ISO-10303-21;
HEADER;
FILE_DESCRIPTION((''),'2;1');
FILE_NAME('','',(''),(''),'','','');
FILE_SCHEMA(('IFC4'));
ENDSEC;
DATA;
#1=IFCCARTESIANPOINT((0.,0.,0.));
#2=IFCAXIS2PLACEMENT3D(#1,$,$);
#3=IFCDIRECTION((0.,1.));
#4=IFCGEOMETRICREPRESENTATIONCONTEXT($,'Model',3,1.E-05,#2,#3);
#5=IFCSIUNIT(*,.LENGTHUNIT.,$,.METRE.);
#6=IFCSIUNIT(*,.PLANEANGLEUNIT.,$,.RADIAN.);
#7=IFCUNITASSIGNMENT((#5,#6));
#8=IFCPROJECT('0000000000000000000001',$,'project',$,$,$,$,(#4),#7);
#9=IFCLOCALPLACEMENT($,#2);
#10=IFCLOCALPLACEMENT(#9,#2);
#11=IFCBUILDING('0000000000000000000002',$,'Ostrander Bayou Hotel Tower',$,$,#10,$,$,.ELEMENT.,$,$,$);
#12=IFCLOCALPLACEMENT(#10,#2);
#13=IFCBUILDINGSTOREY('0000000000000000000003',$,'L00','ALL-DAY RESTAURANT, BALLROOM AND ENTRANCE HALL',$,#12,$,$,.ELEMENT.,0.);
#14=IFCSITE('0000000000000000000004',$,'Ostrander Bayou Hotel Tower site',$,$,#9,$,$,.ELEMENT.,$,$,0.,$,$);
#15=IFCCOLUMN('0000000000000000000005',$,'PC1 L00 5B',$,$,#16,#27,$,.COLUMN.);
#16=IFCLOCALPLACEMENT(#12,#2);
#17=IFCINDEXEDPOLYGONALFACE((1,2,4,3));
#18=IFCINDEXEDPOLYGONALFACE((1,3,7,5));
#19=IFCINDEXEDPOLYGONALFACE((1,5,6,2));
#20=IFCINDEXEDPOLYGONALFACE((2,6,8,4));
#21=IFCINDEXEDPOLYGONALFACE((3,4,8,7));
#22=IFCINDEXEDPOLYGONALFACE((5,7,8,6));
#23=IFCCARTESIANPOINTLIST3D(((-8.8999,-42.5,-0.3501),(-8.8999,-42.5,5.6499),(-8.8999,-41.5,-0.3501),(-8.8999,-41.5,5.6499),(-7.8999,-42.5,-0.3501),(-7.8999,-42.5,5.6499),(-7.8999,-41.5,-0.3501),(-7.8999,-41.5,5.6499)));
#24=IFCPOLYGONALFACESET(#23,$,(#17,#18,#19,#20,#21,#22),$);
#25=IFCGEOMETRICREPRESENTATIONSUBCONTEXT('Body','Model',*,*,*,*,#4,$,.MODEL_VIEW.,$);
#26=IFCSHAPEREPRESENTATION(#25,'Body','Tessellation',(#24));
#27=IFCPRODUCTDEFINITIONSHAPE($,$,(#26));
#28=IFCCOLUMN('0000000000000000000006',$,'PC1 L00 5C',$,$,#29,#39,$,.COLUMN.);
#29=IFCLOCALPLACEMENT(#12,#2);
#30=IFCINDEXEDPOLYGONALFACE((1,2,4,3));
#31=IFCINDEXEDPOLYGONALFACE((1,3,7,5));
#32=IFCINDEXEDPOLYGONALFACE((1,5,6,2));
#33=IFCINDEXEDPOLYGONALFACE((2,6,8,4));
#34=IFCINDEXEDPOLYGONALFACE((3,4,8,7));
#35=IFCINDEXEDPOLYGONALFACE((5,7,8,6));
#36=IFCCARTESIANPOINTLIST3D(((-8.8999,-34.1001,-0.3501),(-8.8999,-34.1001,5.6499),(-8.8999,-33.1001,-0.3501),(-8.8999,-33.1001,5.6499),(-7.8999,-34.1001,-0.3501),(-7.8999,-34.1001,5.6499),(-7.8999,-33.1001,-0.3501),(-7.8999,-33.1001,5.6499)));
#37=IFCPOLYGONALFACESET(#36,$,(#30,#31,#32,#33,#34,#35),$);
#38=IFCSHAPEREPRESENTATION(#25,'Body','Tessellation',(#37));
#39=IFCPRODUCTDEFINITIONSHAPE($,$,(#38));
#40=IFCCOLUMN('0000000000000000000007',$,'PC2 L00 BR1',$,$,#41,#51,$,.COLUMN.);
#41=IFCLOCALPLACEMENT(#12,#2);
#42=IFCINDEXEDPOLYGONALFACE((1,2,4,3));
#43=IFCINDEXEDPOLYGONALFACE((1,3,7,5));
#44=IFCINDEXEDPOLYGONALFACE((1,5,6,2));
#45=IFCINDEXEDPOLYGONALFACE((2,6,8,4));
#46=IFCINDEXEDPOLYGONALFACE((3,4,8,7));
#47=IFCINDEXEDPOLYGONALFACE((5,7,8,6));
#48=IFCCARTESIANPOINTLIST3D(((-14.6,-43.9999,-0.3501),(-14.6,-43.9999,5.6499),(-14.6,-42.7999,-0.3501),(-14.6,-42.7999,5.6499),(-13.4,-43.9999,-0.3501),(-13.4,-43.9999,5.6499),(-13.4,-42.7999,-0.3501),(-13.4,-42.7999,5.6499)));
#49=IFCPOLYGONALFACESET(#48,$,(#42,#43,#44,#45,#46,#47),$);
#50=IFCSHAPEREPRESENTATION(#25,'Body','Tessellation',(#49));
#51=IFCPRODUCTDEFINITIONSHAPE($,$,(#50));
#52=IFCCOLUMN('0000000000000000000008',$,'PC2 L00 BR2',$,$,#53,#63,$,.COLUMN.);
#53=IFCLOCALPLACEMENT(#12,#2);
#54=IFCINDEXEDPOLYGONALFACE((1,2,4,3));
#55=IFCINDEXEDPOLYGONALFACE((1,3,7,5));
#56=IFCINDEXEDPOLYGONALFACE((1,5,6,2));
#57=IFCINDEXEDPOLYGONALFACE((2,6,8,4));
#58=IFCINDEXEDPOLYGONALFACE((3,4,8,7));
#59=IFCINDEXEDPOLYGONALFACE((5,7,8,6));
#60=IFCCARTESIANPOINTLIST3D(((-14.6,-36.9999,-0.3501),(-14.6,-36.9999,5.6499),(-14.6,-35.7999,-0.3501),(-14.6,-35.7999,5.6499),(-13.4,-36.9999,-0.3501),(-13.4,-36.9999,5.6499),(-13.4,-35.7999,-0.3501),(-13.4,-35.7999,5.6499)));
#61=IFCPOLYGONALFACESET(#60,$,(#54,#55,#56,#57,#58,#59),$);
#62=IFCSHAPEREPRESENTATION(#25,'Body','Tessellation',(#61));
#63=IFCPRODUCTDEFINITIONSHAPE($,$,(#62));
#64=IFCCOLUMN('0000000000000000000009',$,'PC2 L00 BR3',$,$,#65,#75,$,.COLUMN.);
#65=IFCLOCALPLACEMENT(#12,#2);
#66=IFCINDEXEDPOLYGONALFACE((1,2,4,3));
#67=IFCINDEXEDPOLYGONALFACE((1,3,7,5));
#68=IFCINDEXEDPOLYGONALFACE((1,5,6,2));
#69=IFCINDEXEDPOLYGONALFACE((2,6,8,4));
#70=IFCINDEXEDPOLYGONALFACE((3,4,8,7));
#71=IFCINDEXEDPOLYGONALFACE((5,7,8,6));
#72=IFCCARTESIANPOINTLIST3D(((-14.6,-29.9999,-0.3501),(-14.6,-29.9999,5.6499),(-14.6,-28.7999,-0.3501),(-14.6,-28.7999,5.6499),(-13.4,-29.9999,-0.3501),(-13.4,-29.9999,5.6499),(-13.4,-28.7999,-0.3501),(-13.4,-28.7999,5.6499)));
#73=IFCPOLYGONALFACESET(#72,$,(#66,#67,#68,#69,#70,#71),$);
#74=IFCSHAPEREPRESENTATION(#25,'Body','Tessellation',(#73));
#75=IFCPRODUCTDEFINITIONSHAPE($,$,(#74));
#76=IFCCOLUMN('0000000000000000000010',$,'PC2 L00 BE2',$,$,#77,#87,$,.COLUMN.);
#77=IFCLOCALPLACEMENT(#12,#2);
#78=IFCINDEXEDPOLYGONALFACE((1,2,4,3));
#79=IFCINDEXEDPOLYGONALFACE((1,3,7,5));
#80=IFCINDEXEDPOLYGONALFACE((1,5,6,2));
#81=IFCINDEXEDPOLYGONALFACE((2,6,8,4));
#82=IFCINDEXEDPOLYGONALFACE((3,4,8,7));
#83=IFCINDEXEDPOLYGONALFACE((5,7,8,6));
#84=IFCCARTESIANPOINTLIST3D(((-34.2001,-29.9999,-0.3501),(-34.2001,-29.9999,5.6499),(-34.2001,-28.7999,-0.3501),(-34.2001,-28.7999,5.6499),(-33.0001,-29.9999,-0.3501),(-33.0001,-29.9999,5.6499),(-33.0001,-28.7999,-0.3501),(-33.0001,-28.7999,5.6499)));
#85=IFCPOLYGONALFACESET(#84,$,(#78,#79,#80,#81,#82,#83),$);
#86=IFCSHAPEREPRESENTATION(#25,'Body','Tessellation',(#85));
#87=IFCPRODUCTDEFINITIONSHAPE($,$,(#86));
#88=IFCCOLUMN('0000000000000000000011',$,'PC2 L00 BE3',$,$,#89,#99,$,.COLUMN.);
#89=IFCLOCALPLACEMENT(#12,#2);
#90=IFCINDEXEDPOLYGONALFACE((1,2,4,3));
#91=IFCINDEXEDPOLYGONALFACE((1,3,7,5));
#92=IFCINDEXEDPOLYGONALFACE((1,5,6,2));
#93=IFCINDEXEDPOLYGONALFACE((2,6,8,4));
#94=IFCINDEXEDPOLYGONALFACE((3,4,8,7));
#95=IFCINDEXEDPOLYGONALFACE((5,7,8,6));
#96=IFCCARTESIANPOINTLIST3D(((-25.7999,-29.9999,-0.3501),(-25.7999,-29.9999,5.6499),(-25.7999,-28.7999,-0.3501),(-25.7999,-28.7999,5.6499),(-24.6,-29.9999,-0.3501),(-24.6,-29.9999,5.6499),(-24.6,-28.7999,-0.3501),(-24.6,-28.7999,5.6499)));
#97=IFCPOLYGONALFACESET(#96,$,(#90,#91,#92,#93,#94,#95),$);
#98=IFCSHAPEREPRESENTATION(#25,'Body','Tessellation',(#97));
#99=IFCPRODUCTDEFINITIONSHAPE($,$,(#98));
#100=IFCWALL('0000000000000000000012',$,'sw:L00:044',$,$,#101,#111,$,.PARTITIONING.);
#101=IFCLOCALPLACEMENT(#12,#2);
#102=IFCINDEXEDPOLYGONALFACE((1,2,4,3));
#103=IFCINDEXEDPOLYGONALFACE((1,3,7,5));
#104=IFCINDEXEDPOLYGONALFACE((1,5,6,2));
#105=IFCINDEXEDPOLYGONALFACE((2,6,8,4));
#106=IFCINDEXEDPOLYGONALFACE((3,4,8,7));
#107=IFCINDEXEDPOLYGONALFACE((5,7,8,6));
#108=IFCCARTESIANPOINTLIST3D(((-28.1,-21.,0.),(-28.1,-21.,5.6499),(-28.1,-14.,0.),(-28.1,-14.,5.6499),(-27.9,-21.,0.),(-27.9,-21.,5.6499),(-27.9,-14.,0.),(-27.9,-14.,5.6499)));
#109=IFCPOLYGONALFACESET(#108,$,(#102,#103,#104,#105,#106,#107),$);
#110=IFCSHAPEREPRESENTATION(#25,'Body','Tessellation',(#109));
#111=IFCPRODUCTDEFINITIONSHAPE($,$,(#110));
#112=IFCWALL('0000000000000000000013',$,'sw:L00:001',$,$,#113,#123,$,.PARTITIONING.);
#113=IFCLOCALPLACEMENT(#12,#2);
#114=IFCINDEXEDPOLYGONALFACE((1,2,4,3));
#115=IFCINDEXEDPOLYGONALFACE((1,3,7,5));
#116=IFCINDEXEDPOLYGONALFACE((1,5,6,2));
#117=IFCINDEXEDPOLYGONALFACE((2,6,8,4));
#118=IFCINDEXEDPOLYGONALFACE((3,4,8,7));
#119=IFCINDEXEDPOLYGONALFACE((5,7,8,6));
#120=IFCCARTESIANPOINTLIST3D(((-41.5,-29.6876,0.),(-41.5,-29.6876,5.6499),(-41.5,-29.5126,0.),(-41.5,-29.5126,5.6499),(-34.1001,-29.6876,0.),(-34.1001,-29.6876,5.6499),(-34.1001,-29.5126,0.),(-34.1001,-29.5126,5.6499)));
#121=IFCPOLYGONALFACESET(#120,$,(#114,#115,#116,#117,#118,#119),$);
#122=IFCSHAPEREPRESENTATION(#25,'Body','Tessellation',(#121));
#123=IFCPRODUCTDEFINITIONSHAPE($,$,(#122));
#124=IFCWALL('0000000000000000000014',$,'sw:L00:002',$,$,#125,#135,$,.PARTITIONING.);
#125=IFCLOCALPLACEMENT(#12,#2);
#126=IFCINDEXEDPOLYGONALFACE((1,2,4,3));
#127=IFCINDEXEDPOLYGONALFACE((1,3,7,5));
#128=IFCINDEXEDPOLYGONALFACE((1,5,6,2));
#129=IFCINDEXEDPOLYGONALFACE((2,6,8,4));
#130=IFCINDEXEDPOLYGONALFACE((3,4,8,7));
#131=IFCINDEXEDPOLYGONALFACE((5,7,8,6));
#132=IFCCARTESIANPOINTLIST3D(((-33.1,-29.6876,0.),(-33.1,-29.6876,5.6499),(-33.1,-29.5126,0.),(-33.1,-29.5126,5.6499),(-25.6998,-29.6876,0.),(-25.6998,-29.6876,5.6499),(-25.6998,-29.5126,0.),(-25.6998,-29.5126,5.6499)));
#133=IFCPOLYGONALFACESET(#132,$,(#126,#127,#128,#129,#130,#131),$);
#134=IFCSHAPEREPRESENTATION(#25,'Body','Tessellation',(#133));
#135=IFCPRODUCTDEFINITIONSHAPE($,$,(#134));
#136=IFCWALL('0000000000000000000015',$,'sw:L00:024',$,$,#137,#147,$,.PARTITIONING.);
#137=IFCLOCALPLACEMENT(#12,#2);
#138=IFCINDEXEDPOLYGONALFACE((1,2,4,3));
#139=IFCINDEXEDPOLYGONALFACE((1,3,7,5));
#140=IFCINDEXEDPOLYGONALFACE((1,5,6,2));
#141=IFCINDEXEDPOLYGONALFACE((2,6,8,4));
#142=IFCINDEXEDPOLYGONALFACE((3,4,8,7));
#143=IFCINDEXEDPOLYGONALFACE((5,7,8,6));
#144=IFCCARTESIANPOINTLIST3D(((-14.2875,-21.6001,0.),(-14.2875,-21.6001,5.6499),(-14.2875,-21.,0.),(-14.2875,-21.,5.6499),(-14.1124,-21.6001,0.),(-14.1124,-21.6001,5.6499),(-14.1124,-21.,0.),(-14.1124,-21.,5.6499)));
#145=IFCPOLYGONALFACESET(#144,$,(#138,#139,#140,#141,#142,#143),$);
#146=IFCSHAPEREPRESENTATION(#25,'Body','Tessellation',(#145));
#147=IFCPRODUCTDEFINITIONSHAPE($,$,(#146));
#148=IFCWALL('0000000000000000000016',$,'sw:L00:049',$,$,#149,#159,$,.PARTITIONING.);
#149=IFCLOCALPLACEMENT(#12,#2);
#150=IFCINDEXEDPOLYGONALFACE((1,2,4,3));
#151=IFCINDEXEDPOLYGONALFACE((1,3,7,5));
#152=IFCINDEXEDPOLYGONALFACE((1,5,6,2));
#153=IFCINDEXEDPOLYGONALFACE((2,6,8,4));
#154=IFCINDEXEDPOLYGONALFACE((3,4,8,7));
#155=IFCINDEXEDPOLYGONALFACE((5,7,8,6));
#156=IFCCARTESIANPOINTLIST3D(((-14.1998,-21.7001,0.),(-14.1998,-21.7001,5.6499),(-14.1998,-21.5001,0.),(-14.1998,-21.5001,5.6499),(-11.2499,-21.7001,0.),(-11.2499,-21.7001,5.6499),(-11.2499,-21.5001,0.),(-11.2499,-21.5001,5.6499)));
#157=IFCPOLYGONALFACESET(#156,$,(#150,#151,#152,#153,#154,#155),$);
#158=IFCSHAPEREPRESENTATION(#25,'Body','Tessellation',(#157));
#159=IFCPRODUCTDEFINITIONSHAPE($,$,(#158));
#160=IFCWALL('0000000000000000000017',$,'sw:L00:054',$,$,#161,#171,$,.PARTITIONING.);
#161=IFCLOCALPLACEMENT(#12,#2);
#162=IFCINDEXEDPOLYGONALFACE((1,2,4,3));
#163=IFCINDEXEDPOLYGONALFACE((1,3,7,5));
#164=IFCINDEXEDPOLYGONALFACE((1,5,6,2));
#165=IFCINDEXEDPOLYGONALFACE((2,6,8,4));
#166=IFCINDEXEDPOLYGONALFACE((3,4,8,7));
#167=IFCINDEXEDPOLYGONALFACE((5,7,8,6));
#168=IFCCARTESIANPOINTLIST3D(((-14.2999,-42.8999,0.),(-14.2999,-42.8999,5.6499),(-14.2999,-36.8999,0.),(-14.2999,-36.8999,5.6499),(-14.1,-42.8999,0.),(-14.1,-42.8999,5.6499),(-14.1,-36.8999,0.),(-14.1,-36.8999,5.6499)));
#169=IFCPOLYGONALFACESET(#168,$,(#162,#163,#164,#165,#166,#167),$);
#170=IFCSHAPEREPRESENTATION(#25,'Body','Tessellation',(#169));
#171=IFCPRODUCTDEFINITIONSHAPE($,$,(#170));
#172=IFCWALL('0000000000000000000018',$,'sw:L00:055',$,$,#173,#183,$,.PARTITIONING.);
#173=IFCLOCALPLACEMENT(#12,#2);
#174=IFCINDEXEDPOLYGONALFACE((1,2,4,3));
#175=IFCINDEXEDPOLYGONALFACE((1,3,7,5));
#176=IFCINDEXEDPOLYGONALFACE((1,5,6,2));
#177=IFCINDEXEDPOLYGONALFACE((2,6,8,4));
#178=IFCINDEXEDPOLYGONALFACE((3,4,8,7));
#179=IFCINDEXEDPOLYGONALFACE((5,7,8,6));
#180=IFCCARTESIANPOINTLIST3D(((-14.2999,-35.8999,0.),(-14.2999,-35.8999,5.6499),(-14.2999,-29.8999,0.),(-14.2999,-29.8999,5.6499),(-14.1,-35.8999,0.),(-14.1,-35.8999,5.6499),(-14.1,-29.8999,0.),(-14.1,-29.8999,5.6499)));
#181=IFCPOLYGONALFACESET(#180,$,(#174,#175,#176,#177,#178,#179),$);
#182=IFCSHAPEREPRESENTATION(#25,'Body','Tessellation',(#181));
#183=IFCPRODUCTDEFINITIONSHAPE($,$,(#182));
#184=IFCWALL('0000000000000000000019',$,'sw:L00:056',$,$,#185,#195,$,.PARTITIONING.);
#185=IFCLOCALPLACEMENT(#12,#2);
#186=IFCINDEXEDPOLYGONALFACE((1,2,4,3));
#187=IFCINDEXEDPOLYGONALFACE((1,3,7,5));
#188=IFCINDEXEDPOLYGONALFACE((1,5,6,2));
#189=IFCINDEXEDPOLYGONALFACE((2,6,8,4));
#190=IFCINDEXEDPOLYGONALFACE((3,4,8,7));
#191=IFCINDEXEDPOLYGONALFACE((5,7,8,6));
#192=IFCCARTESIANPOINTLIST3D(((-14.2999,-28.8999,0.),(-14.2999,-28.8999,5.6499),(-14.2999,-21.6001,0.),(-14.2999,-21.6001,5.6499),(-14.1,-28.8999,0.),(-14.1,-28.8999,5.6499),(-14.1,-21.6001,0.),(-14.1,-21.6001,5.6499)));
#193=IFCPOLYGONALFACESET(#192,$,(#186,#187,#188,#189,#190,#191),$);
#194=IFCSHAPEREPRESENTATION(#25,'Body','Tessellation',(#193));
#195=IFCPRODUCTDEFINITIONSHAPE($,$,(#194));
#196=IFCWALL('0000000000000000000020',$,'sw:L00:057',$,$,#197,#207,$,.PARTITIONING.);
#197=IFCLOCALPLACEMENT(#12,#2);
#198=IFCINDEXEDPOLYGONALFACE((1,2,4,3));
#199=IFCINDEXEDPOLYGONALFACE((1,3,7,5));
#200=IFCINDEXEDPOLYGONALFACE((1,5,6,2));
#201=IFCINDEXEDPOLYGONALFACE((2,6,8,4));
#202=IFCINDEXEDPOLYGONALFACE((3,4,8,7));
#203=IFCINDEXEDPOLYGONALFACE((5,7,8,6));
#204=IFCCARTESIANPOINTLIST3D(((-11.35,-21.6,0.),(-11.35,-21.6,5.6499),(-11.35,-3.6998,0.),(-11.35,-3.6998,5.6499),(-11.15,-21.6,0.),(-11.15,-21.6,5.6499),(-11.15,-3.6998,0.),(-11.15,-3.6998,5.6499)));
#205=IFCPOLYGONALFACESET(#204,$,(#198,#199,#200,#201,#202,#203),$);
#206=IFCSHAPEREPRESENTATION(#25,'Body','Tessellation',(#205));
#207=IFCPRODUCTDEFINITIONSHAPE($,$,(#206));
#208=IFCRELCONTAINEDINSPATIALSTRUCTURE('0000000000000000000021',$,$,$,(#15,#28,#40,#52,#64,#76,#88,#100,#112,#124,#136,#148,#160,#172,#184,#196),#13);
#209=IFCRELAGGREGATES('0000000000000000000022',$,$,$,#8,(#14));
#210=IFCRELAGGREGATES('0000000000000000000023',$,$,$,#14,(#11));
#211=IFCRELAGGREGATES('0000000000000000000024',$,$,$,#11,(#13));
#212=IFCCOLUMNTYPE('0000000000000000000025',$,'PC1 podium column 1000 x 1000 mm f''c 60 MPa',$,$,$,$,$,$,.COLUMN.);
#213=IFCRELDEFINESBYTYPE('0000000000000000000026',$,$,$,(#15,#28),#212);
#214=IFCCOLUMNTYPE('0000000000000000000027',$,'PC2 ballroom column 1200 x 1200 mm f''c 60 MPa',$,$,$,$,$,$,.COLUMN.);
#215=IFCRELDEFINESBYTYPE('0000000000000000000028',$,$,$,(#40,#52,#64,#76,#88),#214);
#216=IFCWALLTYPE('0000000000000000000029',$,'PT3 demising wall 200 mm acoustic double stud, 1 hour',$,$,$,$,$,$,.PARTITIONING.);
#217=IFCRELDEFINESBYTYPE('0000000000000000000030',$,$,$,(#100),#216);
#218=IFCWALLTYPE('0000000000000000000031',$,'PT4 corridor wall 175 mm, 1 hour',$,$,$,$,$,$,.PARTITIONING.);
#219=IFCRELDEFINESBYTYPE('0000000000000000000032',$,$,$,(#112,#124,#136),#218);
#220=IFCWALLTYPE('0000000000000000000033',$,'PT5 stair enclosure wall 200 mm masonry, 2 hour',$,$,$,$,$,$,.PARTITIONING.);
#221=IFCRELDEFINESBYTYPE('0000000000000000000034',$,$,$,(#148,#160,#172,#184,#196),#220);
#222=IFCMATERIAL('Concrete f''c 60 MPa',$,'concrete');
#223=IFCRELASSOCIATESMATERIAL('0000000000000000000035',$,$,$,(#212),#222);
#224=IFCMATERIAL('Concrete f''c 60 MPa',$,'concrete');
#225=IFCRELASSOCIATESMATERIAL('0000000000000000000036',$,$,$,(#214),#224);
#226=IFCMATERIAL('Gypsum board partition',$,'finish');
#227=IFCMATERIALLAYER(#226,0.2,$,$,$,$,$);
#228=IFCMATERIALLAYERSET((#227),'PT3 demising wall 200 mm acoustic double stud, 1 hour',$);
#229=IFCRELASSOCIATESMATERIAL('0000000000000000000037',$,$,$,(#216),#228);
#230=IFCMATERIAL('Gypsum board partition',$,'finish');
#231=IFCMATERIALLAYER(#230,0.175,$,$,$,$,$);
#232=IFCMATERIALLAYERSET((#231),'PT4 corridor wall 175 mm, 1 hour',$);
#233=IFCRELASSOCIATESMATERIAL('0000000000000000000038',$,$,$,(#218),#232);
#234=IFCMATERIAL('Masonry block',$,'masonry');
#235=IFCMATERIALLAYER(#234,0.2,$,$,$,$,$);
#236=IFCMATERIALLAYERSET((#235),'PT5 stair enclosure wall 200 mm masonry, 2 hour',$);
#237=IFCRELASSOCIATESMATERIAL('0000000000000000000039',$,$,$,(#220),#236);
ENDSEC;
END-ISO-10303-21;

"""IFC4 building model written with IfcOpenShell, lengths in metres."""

from ifc_helpers import new_model, si_unit, direction, frame, frame_2d, origin, origin_2d, place, context, subcontext, project, spatial, rectangle, extrude, material, layer, layer_set, material_profile, profile_set, type_object, element, save


model = new_model("IFC4")

# Units and contexts
model_context = context("Model", 3, precision=1e-05, world=origin(), true_north=direction((0.0, 1.0)))
body_context = subcontext(model_context, "Body", "Model", "MODEL_VIEW")
ifc_project = project(units=[si_unit("LENGTHUNIT", "METRE"), si_unit("PLANEANGLEUNIT", "RADIAN")], contexts=[model_context])

# Site, building, storey
site_placement = place(None, origin())
site = spatial("IfcSite", under=ifc_project, at=site_placement, Name="Ostrander Bayou Hotel Tower site", CompositionType="ELEMENT", RefElevation=0.0)
building_placement = place(site_placement, origin())
building = spatial("IfcBuilding", under=site, at=building_placement, Name="Ostrander Bayou Hotel Tower", CompositionType="ELEMENT")
storey_placement = place(building_placement, origin())
storey = spatial("IfcBuildingStorey", under=building, at=storey_placement, Name="L00", Description="ALL-DAY RESTAURANT, BALLROOM AND ENTRANCE HALL", CompositionType="ELEMENT", Elevation=0.0)

# Columns
ifc_material_1 = material(Name="Concrete f'c 60 MPa", Category="concrete")
ifc_material_profile_1 = material_profile(ifc_material_1, rectangle(XDim=1.0, YDim=1.0, at=origin_2d()))
ifc_profile_set_1 = profile_set([ifc_material_profile_1], Name="Concrete f'c 60 MPa")
column_type_1 = type_object("IfcColumnType", Name="PC1 podium column 1000 x 1000 mm f'c 60 MPa", PredefinedType="COLUMN", material=ifc_profile_set_1)
for number, where, z_axis, x_axis, name in (
    (1, (-8.3999, -42.0, -0.3501), (0.0, 0.0, 1.0), (1.0, 0.0, 0.0), "PC1 L00 5B"),
    (2, (-8.3999, -33.6001, -0.3501), (0.0, 0.0, 1.0), (1.0, 0.0, 0.0), "PC1 L00 5C"),
):
    element("IfcColumn", number, at=place(storey_placement, frame(where, z_axis=z_axis, x_axis=x_axis)), inside=storey, type_object=column_type_1, Name=name, PredefinedType="COLUMN", context=body_context, shape_type="SweptSolid", body=[
        extrude(rectangle(XDim=1.0, YDim=1.0, at=origin_2d()), origin(), (0.0, 0.0, 1.0), 6.0),
    ])
ifc_material_2 = material(Name="Concrete f'c 60 MPa", Category="concrete")
ifc_material_profile_2 = material_profile(ifc_material_2, rectangle(XDim=1.2, YDim=1.2, at=origin_2d()))
ifc_profile_set_2 = profile_set([ifc_material_profile_2], Name="Concrete f'c 60 MPa")
column_type_2 = type_object("IfcColumnType", Name="PC2 ballroom column 1200 x 1200 mm f'c 60 MPa", PredefinedType="COLUMN", material=ifc_profile_set_2)
for number, where, z_axis, x_axis, name in (
    (3, (-14.0, -43.3999, -0.3501), (0.0, 0.0, 1.0), (1.0, 0.0, 0.0), "PC2 L00 BR1"),
    (4, (-14.0, -36.3999, -0.3501), (0.0, 0.0, 1.0), (1.0, 0.0, 0.0), "PC2 L00 BR2"),
    (5, (-14.0, -29.3999, -0.3501), (0.0, 0.0, 1.0), (1.0, 0.0, 0.0), "PC2 L00 BR3"),
    (6, (-33.6001, -29.3999, -0.3501), (0.0, 0.0, 1.0), (1.0, 0.0, 0.0), "PC2 L00 BE2"),
    (7, (-25.2, -29.3999, -0.3501), (0.0, 0.0, 1.0), (1.0, 0.0, 0.0), "PC2 L00 BE3"),
):
    element("IfcColumn", number, at=place(storey_placement, frame(where, z_axis=z_axis, x_axis=x_axis)), inside=storey, type_object=column_type_2, Name=name, PredefinedType="COLUMN", context=body_context, shape_type="SweptSolid", body=[
        extrude(rectangle(XDim=1.2, YDim=1.2, at=origin_2d()), origin(), (0.0, 0.0, 1.0), 6.0),
    ])

# Walls
ifc_material_3 = material(Name="Gypsum board partition", Category="finish")
ifc_layer_1 = layer(ifc_material_3, 0.2)
ifc_layer_set_1 = layer_set([ifc_layer_1], Name="PT3 demising wall 200 mm acoustic double stud, 1 hour")
wall_type_1 = type_object("IfcWallType", Name="PT3 demising wall 200 mm acoustic double stud, 1 hour", PredefinedType="PARTITIONING", material=ifc_layer_set_1)
wall_1_placement = place(storey_placement, frame((-28.0, -21.0, 0.0), z_axis=(0.0, 0.0, 1.0), x_axis=(0.0, 1.0, 0.0)))
element("IfcWall", 8, at=wall_1_placement, inside=storey, type_object=wall_type_1, Name="sw:L00:044", PredefinedType="PARTITIONING", context=body_context, shape_type="SweptSolid", body=[
    extrude(rectangle(XDim=7.0, YDim=0.2, at=frame_2d((3.5, 0.0))), origin(), (0.0, 0.0, 1.0), 5.6499),
])
ifc_material_4 = material(Name="Gypsum board partition", Category="finish")
ifc_layer_2 = layer(ifc_material_4, 0.175)
ifc_layer_set_2 = layer_set([ifc_layer_2], Name="PT4 corridor wall 175 mm, 1 hour")
wall_type_2 = type_object("IfcWallType", Name="PT4 corridor wall 175 mm, 1 hour", PredefinedType="PARTITIONING", material=ifc_layer_set_2)
wall_2_placement = place(storey_placement, frame((-41.5, -29.6001, 0.0), z_axis=(0.0, 0.0, 1.0), x_axis=(1.0, 0.0, 0.0)))
element("IfcWall", 9, at=wall_2_placement, inside=storey, type_object=wall_type_2, Name="sw:L00:001", PredefinedType="PARTITIONING", context=body_context, shape_type="SweptSolid", body=[
    extrude(rectangle(XDim=7.3999, YDim=0.175, at=frame_2d((3.7, 0.0))), origin(), (0.0, 0.0, 1.0), 5.6499),
])
wall_3_placement = place(storey_placement, frame((-33.1001, -29.6001, 0.0), z_axis=(0.0, 0.0, 1.0), x_axis=(1.0, 0.0, 0.0)))
element("IfcWall", 10, at=wall_3_placement, inside=storey, type_object=wall_type_2, Name="sw:L00:002", PredefinedType="PARTITIONING", context=body_context, shape_type="SweptSolid", body=[
    extrude(rectangle(XDim=7.4001, YDim=0.175, at=frame_2d((3.7002, 0.0))), origin(), (0.0, 0.0, 1.0), 5.6499),
])

# Walls
wall_4_placement = place(storey_placement, frame((-14.2, -21.6001, 0.0), z_axis=(0.0, 0.0, 1.0), x_axis=(0.0, 1.0, 0.0)))
element("IfcWall", 11, at=wall_4_placement, inside=storey, type_object=wall_type_2, Name="sw:L00:024", PredefinedType="PARTITIONING", context=body_context, shape_type="SweptSolid", body=[
    extrude(rectangle(XDim=0.6001, YDim=0.175, at=frame_2d((0.3, 0.0))), origin(), (0.0, 0.0, 1.0), 5.6499),
])
ifc_material_5 = material(Name="Masonry block", Category="masonry")
ifc_layer_3 = layer(ifc_material_5, 0.2)
ifc_layer_set_3 = layer_set([ifc_layer_3], Name="PT5 stair enclosure wall 200 mm masonry, 2 hour")
wall_type_3 = type_object("IfcWallType", Name="PT5 stair enclosure wall 200 mm masonry, 2 hour", PredefinedType="PARTITIONING", material=ifc_layer_set_3)
wall_5_placement = place(storey_placement, frame((-14.2, -21.6001, 0.0), z_axis=(0.0, 0.0, 1.0), x_axis=(1.0, 0.0, 0.0)))
element("IfcWall", 12, at=wall_5_placement, inside=storey, type_object=wall_type_3, Name="sw:L00:049", PredefinedType="PARTITIONING", context=body_context, shape_type="SweptSolid", body=[
    extrude(rectangle(XDim=2.95, YDim=0.2, at=frame_2d((1.4751, 0.0))), origin(), (0.0, 0.0, 1.0), 5.6499),
])
for number, where, z_axis, x_axis, name in (
    (13, (-14.2, -42.8999, 0.0), (0.0, 0.0, 1.0), (0.0, 1.0, 0.0), "sw:L00:054"),
    (14, (-14.2, -35.8999, 0.0), (0.0, 0.0, 1.0), (0.0, 1.0, 0.0), "sw:L00:055"),
):
    element("IfcWall", number, at=place(storey_placement, frame(where, z_axis=z_axis, x_axis=x_axis)), inside=storey, type_object=wall_type_3, Name=name, PredefinedType="PARTITIONING", context=body_context, shape_type="SweptSolid", body=[
        extrude(rectangle(XDim=6.0, YDim=0.2, at=frame_2d((3.0, 0.0))), origin(), (0.0, 0.0, 1.0), 5.6499),
    ])
wall_6_placement = place(storey_placement, frame((-14.2, -28.8999, 0.0), z_axis=(0.0, 0.0, 1.0), x_axis=(0.0, 1.0, 0.0)))
element("IfcWall", 15, at=wall_6_placement, inside=storey, type_object=wall_type_3, Name="sw:L00:056", PredefinedType="PARTITIONING", context=body_context, shape_type="SweptSolid", body=[
    extrude(rectangle(XDim=7.2998, YDim=0.2, at=frame_2d((3.6499, 0.0))), origin(), (0.0, 0.0, 1.0), 5.6499),
])
wall_7_placement = place(storey_placement, frame((-11.25, -21.6001, 0.0), z_axis=(0.0, 0.0, 1.0), x_axis=(0.0, 1.0, 0.0)))
element("IfcWall", 16, at=wall_7_placement, inside=storey, type_object=wall_type_3, Name="sw:L00:057", PredefinedType="PARTITIONING", context=body_context, shape_type="SweptSolid", body=[
    extrude(rectangle(XDim=17.9001, YDim=0.2, at=frame_2d((8.9502, 0.0))), origin(), (0.0, 0.0, 1.0), 5.6499),
])

save(model, "model.ifc")
